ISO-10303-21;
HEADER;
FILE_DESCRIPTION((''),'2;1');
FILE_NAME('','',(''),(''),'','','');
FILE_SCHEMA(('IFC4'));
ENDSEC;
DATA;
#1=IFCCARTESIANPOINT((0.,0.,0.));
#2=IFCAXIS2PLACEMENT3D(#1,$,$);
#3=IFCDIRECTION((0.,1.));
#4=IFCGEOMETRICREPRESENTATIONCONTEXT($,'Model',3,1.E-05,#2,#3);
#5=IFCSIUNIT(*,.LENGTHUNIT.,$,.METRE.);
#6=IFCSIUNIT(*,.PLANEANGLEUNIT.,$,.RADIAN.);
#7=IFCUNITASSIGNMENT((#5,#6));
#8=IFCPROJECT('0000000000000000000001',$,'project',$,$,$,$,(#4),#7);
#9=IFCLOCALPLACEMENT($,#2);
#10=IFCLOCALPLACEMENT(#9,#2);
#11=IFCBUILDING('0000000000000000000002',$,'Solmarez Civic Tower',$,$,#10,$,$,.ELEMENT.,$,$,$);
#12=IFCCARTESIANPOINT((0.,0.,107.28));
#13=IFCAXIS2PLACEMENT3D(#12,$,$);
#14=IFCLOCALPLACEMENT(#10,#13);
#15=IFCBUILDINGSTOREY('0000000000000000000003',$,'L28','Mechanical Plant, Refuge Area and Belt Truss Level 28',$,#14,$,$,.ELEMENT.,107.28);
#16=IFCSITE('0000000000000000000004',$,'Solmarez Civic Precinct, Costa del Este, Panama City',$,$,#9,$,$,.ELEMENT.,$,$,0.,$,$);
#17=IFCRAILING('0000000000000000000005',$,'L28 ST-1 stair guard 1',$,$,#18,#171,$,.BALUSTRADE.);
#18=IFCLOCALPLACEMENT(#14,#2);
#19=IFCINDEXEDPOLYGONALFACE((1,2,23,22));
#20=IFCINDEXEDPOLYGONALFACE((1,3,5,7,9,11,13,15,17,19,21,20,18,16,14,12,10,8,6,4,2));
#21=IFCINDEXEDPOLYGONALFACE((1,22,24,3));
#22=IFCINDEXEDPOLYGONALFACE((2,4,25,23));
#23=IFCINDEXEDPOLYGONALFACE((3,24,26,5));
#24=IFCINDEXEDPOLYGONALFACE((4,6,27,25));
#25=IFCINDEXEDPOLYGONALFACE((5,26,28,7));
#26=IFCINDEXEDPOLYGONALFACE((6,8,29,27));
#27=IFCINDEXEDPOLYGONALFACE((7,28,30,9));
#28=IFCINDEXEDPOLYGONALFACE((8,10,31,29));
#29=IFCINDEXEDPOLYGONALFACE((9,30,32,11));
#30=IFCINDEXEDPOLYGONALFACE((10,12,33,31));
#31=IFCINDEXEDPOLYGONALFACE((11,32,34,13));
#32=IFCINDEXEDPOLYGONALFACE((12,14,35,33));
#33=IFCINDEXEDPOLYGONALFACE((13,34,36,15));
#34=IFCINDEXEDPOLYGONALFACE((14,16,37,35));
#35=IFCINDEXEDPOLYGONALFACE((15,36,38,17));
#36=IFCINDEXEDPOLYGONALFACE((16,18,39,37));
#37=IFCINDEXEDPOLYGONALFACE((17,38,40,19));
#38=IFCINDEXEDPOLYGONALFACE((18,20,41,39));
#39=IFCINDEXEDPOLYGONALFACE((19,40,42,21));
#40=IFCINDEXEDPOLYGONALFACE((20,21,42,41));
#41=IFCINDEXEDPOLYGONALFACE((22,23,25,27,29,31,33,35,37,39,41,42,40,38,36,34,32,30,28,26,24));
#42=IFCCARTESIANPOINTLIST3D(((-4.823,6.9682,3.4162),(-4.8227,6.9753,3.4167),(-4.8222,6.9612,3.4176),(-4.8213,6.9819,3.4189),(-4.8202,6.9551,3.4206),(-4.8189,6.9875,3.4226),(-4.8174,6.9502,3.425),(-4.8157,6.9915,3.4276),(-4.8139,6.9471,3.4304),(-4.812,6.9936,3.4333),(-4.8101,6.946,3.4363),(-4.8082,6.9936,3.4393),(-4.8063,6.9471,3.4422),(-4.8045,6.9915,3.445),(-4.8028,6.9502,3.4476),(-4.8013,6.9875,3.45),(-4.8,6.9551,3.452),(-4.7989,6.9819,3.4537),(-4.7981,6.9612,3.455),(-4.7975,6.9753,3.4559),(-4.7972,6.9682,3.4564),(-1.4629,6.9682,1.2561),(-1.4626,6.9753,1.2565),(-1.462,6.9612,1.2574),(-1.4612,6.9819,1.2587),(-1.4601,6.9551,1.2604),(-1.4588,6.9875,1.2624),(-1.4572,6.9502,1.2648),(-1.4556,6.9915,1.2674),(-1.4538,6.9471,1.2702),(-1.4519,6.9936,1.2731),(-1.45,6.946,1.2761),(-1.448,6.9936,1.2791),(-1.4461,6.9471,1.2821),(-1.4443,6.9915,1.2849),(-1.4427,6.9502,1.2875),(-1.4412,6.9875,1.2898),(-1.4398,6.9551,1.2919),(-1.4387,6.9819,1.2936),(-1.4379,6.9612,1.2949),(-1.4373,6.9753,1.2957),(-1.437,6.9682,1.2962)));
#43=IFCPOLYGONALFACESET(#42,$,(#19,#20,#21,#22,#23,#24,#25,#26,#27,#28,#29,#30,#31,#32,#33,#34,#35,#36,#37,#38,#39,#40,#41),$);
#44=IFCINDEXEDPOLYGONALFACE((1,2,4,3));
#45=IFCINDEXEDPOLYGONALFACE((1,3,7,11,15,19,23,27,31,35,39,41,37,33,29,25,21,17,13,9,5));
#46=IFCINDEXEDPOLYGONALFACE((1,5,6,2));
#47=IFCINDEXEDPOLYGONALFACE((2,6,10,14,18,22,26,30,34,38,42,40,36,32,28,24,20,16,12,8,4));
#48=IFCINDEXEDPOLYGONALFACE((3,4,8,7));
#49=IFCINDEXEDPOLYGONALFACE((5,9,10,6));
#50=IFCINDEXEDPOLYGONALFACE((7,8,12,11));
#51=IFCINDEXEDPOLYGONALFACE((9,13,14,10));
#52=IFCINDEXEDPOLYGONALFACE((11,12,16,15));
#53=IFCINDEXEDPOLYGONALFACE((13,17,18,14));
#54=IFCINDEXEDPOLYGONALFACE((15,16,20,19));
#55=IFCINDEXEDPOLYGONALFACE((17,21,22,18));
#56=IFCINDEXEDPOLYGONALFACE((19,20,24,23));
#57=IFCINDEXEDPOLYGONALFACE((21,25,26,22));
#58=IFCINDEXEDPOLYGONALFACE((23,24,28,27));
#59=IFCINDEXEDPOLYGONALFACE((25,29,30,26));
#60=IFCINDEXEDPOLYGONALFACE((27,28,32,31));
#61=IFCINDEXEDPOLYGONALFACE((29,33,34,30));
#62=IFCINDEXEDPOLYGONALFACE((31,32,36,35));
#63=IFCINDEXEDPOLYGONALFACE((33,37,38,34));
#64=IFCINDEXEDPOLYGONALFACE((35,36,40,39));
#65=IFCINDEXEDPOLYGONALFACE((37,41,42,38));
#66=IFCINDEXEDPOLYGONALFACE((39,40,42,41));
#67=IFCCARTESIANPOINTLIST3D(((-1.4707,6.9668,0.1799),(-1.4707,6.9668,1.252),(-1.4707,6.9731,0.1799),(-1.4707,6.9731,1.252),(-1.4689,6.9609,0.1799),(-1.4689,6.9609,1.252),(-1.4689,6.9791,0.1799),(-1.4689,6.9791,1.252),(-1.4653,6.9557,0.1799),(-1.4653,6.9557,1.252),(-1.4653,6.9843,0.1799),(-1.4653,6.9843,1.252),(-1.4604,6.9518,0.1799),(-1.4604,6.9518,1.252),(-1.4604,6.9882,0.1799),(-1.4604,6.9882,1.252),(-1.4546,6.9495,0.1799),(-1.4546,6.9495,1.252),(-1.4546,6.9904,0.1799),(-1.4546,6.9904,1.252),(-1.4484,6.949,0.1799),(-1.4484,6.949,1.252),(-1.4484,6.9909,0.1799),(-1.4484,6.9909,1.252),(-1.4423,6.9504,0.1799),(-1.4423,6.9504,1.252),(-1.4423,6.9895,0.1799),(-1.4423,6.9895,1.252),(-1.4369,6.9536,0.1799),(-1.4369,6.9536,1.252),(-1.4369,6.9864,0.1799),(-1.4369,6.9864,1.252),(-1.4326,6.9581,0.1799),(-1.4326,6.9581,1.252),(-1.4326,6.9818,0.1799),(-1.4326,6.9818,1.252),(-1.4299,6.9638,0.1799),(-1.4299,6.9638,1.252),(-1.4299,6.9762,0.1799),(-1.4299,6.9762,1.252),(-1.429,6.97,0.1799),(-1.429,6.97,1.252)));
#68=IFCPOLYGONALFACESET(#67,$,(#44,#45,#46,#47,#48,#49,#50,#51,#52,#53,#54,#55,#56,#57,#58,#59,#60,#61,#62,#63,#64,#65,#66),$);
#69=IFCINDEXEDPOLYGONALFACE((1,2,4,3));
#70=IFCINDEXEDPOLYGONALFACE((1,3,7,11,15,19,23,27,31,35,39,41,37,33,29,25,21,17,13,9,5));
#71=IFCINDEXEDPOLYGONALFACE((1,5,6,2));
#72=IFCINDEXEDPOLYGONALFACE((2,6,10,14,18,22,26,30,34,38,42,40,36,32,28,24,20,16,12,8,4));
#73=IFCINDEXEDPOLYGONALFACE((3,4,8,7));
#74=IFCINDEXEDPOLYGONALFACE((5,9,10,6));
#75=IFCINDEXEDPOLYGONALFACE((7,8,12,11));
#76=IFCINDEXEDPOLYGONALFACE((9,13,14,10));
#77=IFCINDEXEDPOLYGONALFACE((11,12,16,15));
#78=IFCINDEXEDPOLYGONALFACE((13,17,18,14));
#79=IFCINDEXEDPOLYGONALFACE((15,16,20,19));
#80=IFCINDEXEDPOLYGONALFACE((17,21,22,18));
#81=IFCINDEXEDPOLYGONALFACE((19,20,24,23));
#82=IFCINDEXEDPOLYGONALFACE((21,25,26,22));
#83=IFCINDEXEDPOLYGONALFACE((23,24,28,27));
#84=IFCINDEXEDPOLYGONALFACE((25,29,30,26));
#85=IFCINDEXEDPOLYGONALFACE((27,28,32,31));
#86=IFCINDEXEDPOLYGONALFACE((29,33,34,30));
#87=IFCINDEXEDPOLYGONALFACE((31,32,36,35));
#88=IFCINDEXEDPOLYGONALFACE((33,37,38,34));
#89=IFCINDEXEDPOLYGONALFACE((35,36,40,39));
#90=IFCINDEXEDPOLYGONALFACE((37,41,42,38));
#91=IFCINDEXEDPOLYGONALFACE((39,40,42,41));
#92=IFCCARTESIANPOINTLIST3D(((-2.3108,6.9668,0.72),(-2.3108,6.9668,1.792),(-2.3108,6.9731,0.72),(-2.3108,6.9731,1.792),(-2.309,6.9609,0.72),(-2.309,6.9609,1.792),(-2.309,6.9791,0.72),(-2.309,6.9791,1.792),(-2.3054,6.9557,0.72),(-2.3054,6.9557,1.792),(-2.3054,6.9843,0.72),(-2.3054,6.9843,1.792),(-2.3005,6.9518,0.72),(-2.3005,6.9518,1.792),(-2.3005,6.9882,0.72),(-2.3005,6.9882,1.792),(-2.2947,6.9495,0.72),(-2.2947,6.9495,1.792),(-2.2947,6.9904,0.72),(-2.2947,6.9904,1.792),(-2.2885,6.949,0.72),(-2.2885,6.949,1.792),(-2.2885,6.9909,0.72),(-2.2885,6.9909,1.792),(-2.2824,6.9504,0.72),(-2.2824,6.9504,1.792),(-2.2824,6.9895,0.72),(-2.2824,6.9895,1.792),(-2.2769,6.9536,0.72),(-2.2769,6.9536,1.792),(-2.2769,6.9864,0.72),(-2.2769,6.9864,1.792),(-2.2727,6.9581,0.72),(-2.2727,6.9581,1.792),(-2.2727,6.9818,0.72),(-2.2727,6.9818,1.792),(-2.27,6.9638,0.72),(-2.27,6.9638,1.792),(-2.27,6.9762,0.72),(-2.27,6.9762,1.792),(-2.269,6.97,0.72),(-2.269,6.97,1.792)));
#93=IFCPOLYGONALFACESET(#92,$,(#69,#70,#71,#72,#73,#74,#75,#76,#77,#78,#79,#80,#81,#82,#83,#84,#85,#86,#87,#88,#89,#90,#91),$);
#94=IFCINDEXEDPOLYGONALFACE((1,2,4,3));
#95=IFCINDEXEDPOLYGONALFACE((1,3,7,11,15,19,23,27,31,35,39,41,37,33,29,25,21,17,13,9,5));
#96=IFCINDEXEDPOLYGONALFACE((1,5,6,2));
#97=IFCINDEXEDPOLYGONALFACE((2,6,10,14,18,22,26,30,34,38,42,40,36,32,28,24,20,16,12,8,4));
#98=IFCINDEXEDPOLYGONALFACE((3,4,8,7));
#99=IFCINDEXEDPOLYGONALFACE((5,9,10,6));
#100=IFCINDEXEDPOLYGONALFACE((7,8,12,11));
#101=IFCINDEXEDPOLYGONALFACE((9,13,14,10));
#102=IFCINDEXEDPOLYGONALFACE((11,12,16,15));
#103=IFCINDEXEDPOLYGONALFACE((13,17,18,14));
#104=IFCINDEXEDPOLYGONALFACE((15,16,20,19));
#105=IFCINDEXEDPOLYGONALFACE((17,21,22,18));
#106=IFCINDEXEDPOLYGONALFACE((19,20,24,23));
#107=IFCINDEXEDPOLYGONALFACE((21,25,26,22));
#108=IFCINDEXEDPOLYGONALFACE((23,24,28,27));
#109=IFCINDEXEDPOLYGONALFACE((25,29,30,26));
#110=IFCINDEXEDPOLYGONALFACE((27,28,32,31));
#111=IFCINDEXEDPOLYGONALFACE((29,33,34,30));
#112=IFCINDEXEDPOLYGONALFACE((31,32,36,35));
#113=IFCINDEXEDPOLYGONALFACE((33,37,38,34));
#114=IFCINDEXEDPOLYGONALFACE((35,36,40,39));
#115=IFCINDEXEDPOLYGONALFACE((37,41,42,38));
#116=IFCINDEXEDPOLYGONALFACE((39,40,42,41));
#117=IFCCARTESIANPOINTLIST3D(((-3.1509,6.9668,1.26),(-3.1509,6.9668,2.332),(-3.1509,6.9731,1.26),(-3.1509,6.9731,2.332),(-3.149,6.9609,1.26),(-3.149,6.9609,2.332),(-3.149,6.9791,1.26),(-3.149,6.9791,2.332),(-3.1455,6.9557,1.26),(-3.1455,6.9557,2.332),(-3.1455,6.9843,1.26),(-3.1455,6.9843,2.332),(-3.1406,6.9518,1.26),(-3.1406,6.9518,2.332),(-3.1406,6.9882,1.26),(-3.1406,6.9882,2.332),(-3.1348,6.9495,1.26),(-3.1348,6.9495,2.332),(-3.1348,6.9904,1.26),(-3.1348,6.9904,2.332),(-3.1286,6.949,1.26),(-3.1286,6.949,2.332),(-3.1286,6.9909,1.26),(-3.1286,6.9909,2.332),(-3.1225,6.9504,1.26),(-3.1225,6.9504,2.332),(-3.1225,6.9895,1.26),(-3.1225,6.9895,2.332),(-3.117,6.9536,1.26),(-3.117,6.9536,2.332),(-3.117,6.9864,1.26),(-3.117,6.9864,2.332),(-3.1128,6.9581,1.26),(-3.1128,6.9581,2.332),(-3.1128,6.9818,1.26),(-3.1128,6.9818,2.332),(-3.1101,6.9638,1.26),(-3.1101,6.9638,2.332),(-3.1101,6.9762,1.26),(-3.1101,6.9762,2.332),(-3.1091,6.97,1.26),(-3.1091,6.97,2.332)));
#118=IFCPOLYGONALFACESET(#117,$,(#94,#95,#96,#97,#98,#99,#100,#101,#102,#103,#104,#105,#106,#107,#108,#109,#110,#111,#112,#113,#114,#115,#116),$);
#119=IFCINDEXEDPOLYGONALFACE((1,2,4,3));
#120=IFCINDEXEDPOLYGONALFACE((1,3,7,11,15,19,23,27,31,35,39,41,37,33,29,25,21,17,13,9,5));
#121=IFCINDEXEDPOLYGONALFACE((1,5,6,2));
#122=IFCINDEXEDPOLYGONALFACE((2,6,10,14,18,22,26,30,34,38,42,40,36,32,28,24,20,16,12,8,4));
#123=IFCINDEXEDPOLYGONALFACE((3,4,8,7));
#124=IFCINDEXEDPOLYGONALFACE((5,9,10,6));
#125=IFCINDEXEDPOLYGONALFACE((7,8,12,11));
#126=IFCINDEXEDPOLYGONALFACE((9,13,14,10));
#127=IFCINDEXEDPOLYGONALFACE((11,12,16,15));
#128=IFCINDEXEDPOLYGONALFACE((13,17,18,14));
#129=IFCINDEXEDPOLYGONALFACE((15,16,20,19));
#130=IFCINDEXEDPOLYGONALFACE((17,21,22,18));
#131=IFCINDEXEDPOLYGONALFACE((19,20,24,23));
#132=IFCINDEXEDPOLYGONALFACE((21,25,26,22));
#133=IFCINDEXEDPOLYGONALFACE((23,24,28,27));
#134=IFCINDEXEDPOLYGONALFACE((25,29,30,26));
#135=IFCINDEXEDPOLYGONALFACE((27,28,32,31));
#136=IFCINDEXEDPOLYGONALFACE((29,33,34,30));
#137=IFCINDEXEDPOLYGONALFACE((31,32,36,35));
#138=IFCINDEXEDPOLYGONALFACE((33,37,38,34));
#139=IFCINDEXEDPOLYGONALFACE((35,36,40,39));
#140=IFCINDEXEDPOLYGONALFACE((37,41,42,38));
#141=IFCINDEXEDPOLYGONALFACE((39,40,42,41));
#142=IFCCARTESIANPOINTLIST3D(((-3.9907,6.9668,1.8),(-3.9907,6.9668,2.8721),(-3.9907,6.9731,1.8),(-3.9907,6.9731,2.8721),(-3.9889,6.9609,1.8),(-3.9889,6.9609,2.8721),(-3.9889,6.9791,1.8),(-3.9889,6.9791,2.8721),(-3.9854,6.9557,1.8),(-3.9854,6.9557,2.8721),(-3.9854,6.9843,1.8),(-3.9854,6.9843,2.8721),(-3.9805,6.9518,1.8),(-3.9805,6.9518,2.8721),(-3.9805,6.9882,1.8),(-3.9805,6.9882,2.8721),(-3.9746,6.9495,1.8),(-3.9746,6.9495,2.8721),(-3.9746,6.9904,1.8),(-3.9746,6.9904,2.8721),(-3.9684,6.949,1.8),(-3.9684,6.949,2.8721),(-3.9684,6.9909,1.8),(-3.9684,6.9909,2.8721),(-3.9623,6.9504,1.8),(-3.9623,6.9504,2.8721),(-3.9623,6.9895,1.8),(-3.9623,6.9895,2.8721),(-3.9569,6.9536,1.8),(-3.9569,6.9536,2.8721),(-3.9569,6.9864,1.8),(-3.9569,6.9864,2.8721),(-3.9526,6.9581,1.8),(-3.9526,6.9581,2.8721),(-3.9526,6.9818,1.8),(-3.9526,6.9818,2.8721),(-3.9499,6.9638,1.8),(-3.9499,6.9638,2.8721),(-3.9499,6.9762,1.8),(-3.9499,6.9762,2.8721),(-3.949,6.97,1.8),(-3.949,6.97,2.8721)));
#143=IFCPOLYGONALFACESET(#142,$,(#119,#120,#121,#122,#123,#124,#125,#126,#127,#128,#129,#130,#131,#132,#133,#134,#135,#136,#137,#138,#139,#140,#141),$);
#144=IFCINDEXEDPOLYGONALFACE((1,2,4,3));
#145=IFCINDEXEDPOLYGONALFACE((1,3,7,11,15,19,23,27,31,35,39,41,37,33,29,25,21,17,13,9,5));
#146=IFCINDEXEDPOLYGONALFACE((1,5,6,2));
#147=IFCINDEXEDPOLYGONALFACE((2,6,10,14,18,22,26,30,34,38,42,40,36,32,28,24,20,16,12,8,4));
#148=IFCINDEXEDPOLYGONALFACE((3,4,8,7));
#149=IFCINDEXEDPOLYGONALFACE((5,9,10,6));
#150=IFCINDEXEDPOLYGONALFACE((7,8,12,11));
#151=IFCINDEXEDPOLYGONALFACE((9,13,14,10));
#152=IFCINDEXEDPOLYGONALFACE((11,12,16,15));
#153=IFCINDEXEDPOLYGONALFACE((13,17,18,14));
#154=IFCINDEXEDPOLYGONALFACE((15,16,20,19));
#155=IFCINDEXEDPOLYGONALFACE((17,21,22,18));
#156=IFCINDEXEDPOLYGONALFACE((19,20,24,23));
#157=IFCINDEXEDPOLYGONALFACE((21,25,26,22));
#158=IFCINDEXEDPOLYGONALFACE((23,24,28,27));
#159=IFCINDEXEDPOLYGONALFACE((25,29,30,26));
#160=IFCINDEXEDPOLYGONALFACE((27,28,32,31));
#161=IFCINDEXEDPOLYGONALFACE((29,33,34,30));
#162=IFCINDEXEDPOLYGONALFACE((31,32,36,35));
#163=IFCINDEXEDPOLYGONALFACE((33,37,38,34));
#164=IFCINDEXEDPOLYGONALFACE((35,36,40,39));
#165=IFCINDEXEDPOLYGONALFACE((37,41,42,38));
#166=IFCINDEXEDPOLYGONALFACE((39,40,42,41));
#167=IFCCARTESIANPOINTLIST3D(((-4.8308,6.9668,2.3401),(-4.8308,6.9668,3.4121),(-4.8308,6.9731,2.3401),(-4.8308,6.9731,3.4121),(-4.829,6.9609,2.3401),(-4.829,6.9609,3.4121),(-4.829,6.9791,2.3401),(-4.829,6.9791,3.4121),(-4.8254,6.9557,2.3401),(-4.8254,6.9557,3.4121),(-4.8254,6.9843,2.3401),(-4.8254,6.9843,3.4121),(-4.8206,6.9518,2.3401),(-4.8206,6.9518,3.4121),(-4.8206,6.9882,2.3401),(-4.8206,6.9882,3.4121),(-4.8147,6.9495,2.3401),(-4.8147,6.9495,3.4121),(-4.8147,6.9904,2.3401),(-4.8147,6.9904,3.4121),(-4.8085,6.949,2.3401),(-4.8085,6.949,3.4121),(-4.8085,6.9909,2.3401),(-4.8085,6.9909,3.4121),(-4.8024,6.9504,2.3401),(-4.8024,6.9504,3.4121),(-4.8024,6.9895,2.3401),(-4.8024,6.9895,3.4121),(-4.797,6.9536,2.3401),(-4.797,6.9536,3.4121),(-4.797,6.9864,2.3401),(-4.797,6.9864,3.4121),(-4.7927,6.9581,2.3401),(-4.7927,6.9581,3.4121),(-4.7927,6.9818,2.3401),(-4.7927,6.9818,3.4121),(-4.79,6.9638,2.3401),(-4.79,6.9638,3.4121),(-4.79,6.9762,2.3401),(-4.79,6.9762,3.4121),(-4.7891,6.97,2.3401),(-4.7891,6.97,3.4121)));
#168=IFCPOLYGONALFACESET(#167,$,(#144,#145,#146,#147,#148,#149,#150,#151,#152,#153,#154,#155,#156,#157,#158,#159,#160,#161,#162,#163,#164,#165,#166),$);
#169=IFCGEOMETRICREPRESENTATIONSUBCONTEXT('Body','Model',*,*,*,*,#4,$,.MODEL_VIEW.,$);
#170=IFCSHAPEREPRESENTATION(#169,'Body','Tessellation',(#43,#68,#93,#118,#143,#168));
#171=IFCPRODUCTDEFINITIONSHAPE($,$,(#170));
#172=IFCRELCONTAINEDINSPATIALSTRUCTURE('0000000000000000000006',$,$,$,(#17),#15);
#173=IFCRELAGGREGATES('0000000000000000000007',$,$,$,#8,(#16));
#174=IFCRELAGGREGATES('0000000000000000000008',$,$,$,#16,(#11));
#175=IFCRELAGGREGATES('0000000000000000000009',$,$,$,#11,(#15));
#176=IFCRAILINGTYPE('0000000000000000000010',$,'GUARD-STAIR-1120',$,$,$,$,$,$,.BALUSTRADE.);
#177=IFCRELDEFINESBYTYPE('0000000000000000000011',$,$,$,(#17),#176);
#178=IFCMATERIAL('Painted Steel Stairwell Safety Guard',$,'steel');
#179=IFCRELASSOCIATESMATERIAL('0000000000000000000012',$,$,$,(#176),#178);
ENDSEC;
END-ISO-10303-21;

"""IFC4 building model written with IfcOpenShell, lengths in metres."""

from ifc_helpers import new_model, si_unit, direction, frame, origin, origin_2d, place, context, subcontext, project, spatial, circle, extrude, material, type_object, element, save


model = new_model("IFC4")

# Units and contexts
model_context = context("Model", 3, precision=1e-05, world=origin(), true_north=direction((0.0, 1.0)))
body_context = subcontext(model_context, "Body", "Model", "MODEL_VIEW")
ifc_project = project(units=[si_unit("LENGTHUNIT", "METRE"), si_unit("PLANEANGLEUNIT", "RADIAN")], contexts=[model_context])

# Site, building, storey
site_placement = place(None, origin())
site = spatial("IfcSite", under=ifc_project, at=site_placement, Name="Solmarez Civic Precinct, Costa del Este, Panama City", CompositionType="ELEMENT", RefElevation=0.0)
building_placement = place(site_placement, origin())
building = spatial("IfcBuilding", under=site, at=building_placement, Name="Solmarez Civic Tower", CompositionType="ELEMENT")
storey_placement = place(building_placement, frame((0.0, 0.0, 107.28)))
storey = spatial("IfcBuildingStorey", under=building, at=storey_placement, Name="L28", Description="Mechanical Plant, Refuge Area and Belt Truss Level 28", CompositionType="ELEMENT", Elevation=107.28)

# Railing
ifc_material_1 = material(Name="Painted Steel Stairwell Safety Guard", Category="steel")
railing_type_1 = type_object("IfcRailingType", Name="GUARD-STAIR-1120", PredefinedType="BALUSTRADE", material=ifc_material_1)
railing_1_placement = place(storey_placement, frame((-1.45, 6.97, 0.1799)))
element("IfcRailing", 1, at=railing_1_placement, inside=storey, type_object=railing_type_1, Name="L28 ST-1 stair guard 1", PredefinedType="BALUSTRADE", context=body_context, shape_type="SweptSolid", body=[
    extrude(circle(Radius=0.0239, at=origin_2d()), frame((0.0, 0.0, 1.0962), z_axis=(-0.841169, 0.0, 0.540773), x_axis=(0.0, -1.0, 0.0)), (0.0, 0.0, 1.0), 3.9946),
    extrude(circle(Radius=0.021, at=origin_2d()), origin(), (0.0, 0.0, 1.0), 1.072),
    extrude(circle(Radius=0.021, at=origin_2d()), frame((-0.8401, 0.0, 0.54)), (0.0, 0.0, 1.0), 1.072),
    extrude(circle(Radius=0.021, at=origin_2d()), frame((-1.6802, 0.0, 1.0801)), (0.0, 0.0, 1.0), 1.072),
    extrude(circle(Radius=0.021, at=origin_2d()), frame((-2.52, 0.0, 1.6201)), (0.0, 0.0, 1.0), 1.072),
    extrude(circle(Radius=0.021, at=origin_2d()), frame((-3.3601, 0.0, 2.1602)), (0.0, 0.0, 1.0), 1.072),
])

save(model, "model.ifc")
